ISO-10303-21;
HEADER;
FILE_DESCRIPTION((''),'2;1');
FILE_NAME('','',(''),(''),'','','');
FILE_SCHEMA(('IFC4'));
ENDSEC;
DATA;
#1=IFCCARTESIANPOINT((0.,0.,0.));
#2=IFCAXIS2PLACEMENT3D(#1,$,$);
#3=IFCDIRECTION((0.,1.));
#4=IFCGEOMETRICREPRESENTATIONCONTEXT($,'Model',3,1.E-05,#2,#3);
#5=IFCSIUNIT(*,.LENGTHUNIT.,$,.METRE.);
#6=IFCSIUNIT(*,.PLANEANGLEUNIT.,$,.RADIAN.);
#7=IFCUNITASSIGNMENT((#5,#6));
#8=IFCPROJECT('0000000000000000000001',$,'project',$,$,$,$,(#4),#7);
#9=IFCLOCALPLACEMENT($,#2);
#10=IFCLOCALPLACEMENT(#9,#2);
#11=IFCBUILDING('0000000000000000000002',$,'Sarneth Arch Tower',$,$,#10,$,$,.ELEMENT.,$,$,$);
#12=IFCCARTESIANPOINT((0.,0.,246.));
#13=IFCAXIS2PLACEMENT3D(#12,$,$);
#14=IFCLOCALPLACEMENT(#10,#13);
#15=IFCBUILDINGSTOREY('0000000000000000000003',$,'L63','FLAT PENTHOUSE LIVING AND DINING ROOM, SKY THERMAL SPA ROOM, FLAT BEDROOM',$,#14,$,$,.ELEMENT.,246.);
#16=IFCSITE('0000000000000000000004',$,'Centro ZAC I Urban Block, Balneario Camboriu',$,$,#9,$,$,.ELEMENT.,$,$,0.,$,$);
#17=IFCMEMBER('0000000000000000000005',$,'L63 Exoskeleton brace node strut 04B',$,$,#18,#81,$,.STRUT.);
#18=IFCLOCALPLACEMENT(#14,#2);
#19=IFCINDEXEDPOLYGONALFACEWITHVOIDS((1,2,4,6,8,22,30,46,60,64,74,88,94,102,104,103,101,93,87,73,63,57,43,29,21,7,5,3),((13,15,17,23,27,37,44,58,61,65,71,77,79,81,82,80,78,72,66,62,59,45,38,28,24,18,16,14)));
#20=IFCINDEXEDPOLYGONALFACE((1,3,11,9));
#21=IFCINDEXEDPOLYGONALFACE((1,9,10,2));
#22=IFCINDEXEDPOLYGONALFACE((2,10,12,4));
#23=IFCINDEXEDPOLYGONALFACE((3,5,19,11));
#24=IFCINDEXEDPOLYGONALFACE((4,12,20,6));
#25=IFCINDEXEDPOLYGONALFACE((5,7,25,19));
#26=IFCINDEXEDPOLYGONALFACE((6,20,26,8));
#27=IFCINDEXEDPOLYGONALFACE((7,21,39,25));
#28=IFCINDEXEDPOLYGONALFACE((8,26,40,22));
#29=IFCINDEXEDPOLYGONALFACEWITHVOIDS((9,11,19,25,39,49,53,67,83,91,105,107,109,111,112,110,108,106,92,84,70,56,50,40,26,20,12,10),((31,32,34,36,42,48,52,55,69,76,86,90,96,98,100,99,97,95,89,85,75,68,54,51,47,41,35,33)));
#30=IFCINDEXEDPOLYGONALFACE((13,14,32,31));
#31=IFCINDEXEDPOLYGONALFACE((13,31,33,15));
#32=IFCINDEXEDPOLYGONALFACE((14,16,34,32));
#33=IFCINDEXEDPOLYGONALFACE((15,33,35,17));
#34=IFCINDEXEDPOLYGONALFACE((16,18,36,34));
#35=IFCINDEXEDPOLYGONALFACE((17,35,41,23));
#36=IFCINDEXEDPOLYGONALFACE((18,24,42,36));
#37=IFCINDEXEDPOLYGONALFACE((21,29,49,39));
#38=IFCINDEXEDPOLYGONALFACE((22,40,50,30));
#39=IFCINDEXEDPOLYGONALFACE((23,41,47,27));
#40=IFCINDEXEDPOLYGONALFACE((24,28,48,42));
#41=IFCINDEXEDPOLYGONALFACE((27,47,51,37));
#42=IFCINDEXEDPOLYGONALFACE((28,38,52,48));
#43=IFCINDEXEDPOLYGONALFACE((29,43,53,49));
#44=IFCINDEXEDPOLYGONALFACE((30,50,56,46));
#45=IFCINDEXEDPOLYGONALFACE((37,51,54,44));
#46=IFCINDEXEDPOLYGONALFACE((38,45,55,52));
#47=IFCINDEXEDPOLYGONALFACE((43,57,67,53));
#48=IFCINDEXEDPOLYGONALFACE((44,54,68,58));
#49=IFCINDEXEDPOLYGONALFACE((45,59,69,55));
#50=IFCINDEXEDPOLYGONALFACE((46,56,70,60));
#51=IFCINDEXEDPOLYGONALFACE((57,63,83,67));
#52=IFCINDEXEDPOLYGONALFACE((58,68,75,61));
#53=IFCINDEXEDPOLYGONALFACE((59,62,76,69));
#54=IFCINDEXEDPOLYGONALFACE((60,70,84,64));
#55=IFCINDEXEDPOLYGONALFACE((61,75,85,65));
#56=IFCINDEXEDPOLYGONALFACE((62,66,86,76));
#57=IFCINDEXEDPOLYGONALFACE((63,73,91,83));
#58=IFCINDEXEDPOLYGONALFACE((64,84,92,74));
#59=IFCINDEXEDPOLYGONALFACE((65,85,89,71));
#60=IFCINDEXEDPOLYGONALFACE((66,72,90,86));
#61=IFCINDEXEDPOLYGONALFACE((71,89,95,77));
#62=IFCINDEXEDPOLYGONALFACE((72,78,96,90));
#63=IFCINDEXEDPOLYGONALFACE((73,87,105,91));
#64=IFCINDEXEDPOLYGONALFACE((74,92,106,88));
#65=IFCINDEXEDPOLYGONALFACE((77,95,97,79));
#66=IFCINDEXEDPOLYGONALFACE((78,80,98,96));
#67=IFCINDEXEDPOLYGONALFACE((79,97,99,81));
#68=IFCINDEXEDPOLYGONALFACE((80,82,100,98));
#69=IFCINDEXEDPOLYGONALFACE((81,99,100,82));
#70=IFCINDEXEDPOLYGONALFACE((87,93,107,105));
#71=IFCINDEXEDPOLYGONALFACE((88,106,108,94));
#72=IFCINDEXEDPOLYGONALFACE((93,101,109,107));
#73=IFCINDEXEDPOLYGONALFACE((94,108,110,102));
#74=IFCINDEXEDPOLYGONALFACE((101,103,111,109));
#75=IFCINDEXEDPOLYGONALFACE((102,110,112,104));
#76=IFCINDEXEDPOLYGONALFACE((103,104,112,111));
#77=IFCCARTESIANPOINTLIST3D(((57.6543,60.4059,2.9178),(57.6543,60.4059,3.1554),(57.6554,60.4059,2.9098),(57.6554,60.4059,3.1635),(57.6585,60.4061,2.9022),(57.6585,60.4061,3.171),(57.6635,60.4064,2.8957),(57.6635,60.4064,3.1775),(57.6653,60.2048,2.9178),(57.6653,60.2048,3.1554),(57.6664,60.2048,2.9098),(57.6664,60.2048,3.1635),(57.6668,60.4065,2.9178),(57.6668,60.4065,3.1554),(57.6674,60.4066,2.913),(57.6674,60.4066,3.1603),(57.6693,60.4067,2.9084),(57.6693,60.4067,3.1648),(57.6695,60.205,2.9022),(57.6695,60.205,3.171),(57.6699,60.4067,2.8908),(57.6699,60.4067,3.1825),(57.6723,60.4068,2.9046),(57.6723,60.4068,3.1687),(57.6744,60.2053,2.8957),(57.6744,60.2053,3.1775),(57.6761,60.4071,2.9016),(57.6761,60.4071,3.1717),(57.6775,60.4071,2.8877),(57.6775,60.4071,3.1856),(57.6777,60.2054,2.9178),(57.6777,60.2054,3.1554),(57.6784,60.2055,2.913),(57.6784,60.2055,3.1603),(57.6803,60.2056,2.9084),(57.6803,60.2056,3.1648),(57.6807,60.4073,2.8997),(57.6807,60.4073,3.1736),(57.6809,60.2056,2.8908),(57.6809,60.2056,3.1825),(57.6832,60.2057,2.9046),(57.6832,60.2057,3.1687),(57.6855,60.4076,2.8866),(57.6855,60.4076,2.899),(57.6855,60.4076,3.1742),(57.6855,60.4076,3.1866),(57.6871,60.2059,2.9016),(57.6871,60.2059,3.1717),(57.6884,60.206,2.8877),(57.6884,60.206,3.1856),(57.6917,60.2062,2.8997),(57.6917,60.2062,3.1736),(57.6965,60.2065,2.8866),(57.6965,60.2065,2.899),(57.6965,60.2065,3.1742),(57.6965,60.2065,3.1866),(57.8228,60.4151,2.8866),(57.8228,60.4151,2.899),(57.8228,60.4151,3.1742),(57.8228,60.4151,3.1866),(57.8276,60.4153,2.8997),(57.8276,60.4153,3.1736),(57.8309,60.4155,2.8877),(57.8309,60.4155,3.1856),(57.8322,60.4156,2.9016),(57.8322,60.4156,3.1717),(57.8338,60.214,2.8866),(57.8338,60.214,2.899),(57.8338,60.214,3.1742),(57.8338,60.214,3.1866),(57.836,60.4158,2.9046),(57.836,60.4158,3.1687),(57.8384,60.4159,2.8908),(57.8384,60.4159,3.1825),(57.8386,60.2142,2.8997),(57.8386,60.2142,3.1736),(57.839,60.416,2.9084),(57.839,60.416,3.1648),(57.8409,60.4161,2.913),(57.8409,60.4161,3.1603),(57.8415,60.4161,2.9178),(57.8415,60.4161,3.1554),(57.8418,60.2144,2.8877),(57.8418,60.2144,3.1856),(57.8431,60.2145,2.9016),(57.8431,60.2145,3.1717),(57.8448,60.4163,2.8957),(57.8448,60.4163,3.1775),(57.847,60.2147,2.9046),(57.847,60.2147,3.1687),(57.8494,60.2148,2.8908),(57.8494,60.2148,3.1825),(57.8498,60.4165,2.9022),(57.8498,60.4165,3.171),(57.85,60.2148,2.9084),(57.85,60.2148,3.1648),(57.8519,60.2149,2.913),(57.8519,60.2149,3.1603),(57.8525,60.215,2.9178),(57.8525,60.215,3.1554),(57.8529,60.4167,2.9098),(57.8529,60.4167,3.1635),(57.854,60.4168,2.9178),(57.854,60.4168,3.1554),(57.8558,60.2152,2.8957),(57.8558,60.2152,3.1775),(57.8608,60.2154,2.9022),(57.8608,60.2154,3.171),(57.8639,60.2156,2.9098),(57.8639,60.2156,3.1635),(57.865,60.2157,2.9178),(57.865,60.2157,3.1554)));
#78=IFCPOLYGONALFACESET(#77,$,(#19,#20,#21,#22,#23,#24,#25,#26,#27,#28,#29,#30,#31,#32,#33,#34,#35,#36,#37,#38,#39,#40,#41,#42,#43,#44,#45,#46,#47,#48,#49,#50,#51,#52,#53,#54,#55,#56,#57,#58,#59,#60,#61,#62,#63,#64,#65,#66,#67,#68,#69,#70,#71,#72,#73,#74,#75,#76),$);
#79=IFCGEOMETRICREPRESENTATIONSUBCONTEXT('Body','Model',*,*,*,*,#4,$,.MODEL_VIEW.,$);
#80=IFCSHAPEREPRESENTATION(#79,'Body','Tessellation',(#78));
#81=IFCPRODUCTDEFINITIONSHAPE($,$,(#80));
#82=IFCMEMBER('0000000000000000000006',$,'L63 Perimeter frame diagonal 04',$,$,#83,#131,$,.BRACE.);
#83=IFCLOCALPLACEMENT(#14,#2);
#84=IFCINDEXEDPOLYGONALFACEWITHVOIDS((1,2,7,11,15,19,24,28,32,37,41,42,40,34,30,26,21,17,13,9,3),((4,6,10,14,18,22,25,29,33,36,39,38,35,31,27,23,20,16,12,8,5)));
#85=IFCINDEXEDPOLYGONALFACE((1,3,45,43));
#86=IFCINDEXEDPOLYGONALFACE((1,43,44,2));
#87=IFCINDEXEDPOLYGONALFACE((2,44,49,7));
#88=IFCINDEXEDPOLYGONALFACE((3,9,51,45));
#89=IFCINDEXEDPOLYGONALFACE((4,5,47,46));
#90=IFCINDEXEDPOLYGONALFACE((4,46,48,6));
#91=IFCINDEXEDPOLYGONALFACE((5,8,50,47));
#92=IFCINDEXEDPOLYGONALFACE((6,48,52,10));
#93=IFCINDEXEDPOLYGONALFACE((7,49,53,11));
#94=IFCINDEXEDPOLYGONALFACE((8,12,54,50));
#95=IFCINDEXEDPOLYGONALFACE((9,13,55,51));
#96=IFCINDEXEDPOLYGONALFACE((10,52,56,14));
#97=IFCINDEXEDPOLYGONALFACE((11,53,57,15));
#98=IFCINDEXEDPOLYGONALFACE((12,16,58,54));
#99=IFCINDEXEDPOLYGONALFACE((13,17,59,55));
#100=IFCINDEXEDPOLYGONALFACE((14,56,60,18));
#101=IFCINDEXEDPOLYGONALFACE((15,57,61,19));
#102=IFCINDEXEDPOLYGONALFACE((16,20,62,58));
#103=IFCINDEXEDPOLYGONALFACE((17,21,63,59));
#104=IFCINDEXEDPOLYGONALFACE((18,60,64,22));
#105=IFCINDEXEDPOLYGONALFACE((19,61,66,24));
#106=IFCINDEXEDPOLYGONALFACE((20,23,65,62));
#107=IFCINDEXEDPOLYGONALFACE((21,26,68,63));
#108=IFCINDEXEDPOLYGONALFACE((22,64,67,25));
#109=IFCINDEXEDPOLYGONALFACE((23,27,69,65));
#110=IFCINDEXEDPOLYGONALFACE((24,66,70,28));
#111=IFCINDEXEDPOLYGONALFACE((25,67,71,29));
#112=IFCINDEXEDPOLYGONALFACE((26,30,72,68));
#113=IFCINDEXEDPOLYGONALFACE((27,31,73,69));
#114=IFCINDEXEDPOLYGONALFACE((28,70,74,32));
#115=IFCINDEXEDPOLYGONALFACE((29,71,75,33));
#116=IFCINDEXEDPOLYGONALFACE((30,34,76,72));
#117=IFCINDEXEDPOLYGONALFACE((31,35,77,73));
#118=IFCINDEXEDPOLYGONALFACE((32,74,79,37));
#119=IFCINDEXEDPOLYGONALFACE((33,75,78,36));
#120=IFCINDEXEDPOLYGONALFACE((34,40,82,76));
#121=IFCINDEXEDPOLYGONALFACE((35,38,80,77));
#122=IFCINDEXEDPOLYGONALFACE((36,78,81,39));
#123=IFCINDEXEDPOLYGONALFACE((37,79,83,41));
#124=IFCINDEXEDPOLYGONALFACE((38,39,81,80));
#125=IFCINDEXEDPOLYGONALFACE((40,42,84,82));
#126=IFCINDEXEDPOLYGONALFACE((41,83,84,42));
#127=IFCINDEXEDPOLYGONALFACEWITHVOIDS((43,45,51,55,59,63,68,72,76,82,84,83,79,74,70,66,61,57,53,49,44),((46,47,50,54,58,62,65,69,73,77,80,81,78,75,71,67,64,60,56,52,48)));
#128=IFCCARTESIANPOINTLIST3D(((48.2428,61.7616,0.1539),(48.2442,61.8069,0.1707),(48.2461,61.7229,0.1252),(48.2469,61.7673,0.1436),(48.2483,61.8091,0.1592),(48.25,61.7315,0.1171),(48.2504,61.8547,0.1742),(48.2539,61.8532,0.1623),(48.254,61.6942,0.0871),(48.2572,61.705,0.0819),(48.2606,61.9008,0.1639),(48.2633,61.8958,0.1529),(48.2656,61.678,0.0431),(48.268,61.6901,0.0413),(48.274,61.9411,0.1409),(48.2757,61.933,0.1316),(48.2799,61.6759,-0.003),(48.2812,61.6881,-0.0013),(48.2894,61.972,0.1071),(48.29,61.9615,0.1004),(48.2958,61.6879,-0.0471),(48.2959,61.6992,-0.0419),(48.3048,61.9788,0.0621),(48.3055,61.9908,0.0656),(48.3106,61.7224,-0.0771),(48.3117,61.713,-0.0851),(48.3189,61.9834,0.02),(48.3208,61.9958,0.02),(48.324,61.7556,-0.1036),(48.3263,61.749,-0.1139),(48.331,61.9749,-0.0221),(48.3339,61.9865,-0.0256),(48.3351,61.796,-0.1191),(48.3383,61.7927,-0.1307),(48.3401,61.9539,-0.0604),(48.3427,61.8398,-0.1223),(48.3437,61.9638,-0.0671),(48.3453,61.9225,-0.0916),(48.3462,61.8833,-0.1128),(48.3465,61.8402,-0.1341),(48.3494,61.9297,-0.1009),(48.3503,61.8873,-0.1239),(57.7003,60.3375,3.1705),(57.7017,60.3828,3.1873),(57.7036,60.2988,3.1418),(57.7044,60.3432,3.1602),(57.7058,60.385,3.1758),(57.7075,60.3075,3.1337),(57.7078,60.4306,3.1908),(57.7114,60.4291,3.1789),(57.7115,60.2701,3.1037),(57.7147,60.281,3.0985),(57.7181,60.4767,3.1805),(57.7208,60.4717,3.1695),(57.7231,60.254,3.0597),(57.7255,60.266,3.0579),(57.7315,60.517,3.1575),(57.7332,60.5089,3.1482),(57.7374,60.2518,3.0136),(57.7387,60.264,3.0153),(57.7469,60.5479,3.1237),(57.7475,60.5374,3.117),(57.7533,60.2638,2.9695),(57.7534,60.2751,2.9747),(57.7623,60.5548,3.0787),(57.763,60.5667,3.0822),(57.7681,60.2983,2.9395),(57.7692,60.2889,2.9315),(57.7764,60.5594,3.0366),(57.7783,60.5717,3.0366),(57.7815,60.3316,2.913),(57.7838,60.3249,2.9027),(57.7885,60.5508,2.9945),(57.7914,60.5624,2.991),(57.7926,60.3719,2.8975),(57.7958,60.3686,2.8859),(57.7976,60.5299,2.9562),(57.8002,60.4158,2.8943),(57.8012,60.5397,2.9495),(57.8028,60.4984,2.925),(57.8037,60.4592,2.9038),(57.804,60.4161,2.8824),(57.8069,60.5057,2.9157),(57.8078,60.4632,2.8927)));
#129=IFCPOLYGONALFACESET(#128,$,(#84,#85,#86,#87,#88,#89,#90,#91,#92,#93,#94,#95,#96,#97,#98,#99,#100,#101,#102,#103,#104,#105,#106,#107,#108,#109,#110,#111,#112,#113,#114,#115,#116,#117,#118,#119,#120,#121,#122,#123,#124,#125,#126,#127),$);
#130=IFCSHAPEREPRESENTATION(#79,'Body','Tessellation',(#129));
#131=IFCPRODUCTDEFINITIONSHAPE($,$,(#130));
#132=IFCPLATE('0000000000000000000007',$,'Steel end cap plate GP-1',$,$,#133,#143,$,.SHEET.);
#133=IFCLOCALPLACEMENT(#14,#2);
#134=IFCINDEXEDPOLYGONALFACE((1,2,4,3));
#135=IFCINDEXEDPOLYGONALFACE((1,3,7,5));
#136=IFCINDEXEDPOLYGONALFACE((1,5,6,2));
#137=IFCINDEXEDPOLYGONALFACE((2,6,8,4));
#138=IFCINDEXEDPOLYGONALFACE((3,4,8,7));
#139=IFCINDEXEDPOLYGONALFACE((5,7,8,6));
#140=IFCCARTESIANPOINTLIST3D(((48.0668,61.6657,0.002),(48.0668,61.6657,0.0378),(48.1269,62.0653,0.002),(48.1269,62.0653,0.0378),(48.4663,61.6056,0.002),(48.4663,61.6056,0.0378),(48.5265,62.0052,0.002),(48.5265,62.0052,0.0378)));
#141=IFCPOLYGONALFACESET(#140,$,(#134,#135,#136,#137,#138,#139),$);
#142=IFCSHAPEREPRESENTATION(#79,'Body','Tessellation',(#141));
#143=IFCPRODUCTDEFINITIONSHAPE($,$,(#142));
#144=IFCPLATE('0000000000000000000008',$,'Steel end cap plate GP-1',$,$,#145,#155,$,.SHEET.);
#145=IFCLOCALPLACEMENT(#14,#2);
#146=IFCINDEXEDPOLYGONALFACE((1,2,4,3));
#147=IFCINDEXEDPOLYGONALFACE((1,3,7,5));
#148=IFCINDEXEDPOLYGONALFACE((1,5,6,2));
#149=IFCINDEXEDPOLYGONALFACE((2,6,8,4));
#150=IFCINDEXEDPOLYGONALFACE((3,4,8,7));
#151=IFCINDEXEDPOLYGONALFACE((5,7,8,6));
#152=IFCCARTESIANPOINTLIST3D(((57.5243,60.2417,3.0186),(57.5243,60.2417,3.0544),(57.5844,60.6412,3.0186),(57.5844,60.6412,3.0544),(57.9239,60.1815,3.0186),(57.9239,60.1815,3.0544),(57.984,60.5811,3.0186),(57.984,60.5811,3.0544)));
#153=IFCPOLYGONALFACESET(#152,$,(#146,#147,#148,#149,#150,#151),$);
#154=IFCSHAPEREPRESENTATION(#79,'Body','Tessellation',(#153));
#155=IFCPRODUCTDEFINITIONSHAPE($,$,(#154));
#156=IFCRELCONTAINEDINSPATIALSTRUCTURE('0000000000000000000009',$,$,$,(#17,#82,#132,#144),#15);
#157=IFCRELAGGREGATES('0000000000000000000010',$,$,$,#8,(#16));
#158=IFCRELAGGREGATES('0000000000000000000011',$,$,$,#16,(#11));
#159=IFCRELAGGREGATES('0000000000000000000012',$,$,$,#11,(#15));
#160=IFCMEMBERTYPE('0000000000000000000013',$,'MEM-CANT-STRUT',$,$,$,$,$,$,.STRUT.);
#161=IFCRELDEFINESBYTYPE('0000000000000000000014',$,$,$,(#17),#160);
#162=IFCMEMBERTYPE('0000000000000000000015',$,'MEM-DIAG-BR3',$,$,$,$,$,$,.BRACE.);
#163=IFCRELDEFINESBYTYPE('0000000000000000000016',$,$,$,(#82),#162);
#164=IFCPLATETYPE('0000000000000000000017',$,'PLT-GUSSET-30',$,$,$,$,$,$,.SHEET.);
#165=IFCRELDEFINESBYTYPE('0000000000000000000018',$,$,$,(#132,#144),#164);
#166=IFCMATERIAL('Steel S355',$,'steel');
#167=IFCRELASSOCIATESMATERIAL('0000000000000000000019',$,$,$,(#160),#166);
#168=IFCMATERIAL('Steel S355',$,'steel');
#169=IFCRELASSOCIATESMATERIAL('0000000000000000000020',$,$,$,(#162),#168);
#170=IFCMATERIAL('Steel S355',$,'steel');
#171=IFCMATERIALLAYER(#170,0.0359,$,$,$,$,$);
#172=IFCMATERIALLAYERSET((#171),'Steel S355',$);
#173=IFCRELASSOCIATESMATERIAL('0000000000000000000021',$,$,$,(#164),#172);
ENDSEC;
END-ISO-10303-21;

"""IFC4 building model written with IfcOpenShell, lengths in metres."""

from ifc_helpers import new_model, si_unit, direction, frame, origin, origin_2d, place, context, subcontext, project, spatial, rectangle, hollow_rectangle, hollow_circle, extrude, material, layer, layer_set, material_profile, profile_set, type_object, element, save


model = new_model("IFC4")

# Units and contexts
model_context = context("Model", 3, precision=1e-05, world=origin(), true_north=direction((0.0, 1.0)))
body_context = subcontext(model_context, "Body", "Model", "MODEL_VIEW")
ifc_project = project(units=[si_unit("LENGTHUNIT", "METRE"), si_unit("PLANEANGLEUNIT", "RADIAN")], contexts=[model_context])

# Site, building, storey
site_placement = place(None, origin())
site = spatial("IfcSite", under=ifc_project, at=site_placement, Name="Centro ZAC I Urban Block, Balneario Camboriu", CompositionType="ELEMENT", RefElevation=0.0)
building_placement = place(site_placement, origin())
building = spatial("IfcBuilding", under=site, at=building_placement, Name="Sarneth Arch Tower", CompositionType="ELEMENT")
storey_placement = place(building_placement, frame((0.0, 0.0, 246.0)))
storey = spatial("IfcBuildingStorey", under=building, at=storey_placement, Name="L63", Description="FLAT PENTHOUSE LIVING AND DINING ROOM, SKY THERMAL SPA ROOM, FLAT BEDROOM", CompositionType="ELEMENT", Elevation=246.0)

# Members
ifc_material_1 = material(Name="Steel S355", Category="steel")
ifc_material_profile_1 = material_profile(ifc_material_1, hollow_rectangle(XDim=0.2, YDim=0.3, WallThickness=0.0125, InnerFilletRadius=0.0188, OuterFilletRadius=0.0312, at=origin_2d()), Name="RHS300x200x12.5")
ifc_profile_set_1 = profile_set([ifc_material_profile_1], Name="Steel S355")
member_type_1 = type_object("IfcMemberType", Name="MEM-CANT-STRUT", PredefinedType="STRUT", material=ifc_profile_set_1)
member_1_placement = place(storey_placement, frame((57.7651, 60.2102, 3.0366), z_axis=(-0.05453, 0.998512, 0.0), x_axis=(-0.998512, -0.05453, 0.0)))
element("IfcMember", 1, at=member_1_placement, inside=storey, type_object=member_type_1, Name="L63 Exoskeleton brace node strut 04B", PredefinedType="STRUT", context=body_context, shape_type="SweptSolid", body=[
    extrude(hollow_rectangle(XDim=0.2, YDim=0.3, WallThickness=0.0125, InnerFilletRadius=0.0188, OuterFilletRadius=0.0312, at=origin_2d()), origin(), (0.0, 0.0, 1.0), 0.2014),
])
ifc_material_2 = material(Name="Steel S355", Category="steel")
ifc_material_profile_2 = material_profile(ifc_material_2, hollow_circle(Radius=0.1621, WallThickness=0.0125, at=origin_2d()), Name="CHS324x12.5")
ifc_profile_set_2 = profile_set([ifc_material_profile_2], Name="Steel S355")
member_type_2 = type_object("IfcMemberType", Name="MEM-DIAG-BR3", PredefinedType="BRACE", material=ifc_profile_set_2)
member_2_placement = place(storey_placement, frame((48.2966, 61.8354, 0.02), z_axis=(0.943056, -0.142001, 0.3008), x_axis=(0.148897, 0.988853, 0.0)))
element("IfcMember", 2, at=member_2_placement, inside=storey, type_object=member_type_2, Name="L63 Perimeter frame diagonal 04", PredefinedType="BRACE", context=body_context, shape_type="SweptSolid", body=[
    extrude(hollow_circle(Radius=0.1621, WallThickness=0.0125, at=origin_2d()), origin(), (0.0, 0.0, 1.0), 10.0286),
])

# Plates
ifc_material_3 = material(Name="Steel S355", Category="steel")
ifc_layer_1 = layer(ifc_material_3, 0.0359)
ifc_layer_set_1 = layer_set([ifc_layer_1], Name="Steel S355")
plate_type = type_object("IfcPlateType", Name="PLT-GUSSET-30", PredefinedType="SHEET", material=ifc_layer_set_1)
for number, where, z_axis, x_axis, name in (
    (3, (48.2966, 61.8354, 0.002), (0.0, 0.0, 1.0), (-0.988861, 0.148845, 0.0), "Steel end cap plate GP-1"),
    (4, (57.7542, 60.4114, 3.0186), (0.0, 0.0, 1.0), (-0.988861, 0.148845, 0.0), "Steel end cap plate GP-1"),
):
    element("IfcPlate", number, at=place(storey_placement, frame(where, z_axis=z_axis, x_axis=x_axis)), inside=storey, type_object=plate_type, Name=name, PredefinedType="SHEET", context=body_context, shape_type="SweptSolid", body=[
        extrude(rectangle(XDim=0.4041, YDim=0.4041, at=origin_2d()), origin(), (0.0, 0.0, 1.0), 0.0359),
    ])

save(model, "model.ifc")
